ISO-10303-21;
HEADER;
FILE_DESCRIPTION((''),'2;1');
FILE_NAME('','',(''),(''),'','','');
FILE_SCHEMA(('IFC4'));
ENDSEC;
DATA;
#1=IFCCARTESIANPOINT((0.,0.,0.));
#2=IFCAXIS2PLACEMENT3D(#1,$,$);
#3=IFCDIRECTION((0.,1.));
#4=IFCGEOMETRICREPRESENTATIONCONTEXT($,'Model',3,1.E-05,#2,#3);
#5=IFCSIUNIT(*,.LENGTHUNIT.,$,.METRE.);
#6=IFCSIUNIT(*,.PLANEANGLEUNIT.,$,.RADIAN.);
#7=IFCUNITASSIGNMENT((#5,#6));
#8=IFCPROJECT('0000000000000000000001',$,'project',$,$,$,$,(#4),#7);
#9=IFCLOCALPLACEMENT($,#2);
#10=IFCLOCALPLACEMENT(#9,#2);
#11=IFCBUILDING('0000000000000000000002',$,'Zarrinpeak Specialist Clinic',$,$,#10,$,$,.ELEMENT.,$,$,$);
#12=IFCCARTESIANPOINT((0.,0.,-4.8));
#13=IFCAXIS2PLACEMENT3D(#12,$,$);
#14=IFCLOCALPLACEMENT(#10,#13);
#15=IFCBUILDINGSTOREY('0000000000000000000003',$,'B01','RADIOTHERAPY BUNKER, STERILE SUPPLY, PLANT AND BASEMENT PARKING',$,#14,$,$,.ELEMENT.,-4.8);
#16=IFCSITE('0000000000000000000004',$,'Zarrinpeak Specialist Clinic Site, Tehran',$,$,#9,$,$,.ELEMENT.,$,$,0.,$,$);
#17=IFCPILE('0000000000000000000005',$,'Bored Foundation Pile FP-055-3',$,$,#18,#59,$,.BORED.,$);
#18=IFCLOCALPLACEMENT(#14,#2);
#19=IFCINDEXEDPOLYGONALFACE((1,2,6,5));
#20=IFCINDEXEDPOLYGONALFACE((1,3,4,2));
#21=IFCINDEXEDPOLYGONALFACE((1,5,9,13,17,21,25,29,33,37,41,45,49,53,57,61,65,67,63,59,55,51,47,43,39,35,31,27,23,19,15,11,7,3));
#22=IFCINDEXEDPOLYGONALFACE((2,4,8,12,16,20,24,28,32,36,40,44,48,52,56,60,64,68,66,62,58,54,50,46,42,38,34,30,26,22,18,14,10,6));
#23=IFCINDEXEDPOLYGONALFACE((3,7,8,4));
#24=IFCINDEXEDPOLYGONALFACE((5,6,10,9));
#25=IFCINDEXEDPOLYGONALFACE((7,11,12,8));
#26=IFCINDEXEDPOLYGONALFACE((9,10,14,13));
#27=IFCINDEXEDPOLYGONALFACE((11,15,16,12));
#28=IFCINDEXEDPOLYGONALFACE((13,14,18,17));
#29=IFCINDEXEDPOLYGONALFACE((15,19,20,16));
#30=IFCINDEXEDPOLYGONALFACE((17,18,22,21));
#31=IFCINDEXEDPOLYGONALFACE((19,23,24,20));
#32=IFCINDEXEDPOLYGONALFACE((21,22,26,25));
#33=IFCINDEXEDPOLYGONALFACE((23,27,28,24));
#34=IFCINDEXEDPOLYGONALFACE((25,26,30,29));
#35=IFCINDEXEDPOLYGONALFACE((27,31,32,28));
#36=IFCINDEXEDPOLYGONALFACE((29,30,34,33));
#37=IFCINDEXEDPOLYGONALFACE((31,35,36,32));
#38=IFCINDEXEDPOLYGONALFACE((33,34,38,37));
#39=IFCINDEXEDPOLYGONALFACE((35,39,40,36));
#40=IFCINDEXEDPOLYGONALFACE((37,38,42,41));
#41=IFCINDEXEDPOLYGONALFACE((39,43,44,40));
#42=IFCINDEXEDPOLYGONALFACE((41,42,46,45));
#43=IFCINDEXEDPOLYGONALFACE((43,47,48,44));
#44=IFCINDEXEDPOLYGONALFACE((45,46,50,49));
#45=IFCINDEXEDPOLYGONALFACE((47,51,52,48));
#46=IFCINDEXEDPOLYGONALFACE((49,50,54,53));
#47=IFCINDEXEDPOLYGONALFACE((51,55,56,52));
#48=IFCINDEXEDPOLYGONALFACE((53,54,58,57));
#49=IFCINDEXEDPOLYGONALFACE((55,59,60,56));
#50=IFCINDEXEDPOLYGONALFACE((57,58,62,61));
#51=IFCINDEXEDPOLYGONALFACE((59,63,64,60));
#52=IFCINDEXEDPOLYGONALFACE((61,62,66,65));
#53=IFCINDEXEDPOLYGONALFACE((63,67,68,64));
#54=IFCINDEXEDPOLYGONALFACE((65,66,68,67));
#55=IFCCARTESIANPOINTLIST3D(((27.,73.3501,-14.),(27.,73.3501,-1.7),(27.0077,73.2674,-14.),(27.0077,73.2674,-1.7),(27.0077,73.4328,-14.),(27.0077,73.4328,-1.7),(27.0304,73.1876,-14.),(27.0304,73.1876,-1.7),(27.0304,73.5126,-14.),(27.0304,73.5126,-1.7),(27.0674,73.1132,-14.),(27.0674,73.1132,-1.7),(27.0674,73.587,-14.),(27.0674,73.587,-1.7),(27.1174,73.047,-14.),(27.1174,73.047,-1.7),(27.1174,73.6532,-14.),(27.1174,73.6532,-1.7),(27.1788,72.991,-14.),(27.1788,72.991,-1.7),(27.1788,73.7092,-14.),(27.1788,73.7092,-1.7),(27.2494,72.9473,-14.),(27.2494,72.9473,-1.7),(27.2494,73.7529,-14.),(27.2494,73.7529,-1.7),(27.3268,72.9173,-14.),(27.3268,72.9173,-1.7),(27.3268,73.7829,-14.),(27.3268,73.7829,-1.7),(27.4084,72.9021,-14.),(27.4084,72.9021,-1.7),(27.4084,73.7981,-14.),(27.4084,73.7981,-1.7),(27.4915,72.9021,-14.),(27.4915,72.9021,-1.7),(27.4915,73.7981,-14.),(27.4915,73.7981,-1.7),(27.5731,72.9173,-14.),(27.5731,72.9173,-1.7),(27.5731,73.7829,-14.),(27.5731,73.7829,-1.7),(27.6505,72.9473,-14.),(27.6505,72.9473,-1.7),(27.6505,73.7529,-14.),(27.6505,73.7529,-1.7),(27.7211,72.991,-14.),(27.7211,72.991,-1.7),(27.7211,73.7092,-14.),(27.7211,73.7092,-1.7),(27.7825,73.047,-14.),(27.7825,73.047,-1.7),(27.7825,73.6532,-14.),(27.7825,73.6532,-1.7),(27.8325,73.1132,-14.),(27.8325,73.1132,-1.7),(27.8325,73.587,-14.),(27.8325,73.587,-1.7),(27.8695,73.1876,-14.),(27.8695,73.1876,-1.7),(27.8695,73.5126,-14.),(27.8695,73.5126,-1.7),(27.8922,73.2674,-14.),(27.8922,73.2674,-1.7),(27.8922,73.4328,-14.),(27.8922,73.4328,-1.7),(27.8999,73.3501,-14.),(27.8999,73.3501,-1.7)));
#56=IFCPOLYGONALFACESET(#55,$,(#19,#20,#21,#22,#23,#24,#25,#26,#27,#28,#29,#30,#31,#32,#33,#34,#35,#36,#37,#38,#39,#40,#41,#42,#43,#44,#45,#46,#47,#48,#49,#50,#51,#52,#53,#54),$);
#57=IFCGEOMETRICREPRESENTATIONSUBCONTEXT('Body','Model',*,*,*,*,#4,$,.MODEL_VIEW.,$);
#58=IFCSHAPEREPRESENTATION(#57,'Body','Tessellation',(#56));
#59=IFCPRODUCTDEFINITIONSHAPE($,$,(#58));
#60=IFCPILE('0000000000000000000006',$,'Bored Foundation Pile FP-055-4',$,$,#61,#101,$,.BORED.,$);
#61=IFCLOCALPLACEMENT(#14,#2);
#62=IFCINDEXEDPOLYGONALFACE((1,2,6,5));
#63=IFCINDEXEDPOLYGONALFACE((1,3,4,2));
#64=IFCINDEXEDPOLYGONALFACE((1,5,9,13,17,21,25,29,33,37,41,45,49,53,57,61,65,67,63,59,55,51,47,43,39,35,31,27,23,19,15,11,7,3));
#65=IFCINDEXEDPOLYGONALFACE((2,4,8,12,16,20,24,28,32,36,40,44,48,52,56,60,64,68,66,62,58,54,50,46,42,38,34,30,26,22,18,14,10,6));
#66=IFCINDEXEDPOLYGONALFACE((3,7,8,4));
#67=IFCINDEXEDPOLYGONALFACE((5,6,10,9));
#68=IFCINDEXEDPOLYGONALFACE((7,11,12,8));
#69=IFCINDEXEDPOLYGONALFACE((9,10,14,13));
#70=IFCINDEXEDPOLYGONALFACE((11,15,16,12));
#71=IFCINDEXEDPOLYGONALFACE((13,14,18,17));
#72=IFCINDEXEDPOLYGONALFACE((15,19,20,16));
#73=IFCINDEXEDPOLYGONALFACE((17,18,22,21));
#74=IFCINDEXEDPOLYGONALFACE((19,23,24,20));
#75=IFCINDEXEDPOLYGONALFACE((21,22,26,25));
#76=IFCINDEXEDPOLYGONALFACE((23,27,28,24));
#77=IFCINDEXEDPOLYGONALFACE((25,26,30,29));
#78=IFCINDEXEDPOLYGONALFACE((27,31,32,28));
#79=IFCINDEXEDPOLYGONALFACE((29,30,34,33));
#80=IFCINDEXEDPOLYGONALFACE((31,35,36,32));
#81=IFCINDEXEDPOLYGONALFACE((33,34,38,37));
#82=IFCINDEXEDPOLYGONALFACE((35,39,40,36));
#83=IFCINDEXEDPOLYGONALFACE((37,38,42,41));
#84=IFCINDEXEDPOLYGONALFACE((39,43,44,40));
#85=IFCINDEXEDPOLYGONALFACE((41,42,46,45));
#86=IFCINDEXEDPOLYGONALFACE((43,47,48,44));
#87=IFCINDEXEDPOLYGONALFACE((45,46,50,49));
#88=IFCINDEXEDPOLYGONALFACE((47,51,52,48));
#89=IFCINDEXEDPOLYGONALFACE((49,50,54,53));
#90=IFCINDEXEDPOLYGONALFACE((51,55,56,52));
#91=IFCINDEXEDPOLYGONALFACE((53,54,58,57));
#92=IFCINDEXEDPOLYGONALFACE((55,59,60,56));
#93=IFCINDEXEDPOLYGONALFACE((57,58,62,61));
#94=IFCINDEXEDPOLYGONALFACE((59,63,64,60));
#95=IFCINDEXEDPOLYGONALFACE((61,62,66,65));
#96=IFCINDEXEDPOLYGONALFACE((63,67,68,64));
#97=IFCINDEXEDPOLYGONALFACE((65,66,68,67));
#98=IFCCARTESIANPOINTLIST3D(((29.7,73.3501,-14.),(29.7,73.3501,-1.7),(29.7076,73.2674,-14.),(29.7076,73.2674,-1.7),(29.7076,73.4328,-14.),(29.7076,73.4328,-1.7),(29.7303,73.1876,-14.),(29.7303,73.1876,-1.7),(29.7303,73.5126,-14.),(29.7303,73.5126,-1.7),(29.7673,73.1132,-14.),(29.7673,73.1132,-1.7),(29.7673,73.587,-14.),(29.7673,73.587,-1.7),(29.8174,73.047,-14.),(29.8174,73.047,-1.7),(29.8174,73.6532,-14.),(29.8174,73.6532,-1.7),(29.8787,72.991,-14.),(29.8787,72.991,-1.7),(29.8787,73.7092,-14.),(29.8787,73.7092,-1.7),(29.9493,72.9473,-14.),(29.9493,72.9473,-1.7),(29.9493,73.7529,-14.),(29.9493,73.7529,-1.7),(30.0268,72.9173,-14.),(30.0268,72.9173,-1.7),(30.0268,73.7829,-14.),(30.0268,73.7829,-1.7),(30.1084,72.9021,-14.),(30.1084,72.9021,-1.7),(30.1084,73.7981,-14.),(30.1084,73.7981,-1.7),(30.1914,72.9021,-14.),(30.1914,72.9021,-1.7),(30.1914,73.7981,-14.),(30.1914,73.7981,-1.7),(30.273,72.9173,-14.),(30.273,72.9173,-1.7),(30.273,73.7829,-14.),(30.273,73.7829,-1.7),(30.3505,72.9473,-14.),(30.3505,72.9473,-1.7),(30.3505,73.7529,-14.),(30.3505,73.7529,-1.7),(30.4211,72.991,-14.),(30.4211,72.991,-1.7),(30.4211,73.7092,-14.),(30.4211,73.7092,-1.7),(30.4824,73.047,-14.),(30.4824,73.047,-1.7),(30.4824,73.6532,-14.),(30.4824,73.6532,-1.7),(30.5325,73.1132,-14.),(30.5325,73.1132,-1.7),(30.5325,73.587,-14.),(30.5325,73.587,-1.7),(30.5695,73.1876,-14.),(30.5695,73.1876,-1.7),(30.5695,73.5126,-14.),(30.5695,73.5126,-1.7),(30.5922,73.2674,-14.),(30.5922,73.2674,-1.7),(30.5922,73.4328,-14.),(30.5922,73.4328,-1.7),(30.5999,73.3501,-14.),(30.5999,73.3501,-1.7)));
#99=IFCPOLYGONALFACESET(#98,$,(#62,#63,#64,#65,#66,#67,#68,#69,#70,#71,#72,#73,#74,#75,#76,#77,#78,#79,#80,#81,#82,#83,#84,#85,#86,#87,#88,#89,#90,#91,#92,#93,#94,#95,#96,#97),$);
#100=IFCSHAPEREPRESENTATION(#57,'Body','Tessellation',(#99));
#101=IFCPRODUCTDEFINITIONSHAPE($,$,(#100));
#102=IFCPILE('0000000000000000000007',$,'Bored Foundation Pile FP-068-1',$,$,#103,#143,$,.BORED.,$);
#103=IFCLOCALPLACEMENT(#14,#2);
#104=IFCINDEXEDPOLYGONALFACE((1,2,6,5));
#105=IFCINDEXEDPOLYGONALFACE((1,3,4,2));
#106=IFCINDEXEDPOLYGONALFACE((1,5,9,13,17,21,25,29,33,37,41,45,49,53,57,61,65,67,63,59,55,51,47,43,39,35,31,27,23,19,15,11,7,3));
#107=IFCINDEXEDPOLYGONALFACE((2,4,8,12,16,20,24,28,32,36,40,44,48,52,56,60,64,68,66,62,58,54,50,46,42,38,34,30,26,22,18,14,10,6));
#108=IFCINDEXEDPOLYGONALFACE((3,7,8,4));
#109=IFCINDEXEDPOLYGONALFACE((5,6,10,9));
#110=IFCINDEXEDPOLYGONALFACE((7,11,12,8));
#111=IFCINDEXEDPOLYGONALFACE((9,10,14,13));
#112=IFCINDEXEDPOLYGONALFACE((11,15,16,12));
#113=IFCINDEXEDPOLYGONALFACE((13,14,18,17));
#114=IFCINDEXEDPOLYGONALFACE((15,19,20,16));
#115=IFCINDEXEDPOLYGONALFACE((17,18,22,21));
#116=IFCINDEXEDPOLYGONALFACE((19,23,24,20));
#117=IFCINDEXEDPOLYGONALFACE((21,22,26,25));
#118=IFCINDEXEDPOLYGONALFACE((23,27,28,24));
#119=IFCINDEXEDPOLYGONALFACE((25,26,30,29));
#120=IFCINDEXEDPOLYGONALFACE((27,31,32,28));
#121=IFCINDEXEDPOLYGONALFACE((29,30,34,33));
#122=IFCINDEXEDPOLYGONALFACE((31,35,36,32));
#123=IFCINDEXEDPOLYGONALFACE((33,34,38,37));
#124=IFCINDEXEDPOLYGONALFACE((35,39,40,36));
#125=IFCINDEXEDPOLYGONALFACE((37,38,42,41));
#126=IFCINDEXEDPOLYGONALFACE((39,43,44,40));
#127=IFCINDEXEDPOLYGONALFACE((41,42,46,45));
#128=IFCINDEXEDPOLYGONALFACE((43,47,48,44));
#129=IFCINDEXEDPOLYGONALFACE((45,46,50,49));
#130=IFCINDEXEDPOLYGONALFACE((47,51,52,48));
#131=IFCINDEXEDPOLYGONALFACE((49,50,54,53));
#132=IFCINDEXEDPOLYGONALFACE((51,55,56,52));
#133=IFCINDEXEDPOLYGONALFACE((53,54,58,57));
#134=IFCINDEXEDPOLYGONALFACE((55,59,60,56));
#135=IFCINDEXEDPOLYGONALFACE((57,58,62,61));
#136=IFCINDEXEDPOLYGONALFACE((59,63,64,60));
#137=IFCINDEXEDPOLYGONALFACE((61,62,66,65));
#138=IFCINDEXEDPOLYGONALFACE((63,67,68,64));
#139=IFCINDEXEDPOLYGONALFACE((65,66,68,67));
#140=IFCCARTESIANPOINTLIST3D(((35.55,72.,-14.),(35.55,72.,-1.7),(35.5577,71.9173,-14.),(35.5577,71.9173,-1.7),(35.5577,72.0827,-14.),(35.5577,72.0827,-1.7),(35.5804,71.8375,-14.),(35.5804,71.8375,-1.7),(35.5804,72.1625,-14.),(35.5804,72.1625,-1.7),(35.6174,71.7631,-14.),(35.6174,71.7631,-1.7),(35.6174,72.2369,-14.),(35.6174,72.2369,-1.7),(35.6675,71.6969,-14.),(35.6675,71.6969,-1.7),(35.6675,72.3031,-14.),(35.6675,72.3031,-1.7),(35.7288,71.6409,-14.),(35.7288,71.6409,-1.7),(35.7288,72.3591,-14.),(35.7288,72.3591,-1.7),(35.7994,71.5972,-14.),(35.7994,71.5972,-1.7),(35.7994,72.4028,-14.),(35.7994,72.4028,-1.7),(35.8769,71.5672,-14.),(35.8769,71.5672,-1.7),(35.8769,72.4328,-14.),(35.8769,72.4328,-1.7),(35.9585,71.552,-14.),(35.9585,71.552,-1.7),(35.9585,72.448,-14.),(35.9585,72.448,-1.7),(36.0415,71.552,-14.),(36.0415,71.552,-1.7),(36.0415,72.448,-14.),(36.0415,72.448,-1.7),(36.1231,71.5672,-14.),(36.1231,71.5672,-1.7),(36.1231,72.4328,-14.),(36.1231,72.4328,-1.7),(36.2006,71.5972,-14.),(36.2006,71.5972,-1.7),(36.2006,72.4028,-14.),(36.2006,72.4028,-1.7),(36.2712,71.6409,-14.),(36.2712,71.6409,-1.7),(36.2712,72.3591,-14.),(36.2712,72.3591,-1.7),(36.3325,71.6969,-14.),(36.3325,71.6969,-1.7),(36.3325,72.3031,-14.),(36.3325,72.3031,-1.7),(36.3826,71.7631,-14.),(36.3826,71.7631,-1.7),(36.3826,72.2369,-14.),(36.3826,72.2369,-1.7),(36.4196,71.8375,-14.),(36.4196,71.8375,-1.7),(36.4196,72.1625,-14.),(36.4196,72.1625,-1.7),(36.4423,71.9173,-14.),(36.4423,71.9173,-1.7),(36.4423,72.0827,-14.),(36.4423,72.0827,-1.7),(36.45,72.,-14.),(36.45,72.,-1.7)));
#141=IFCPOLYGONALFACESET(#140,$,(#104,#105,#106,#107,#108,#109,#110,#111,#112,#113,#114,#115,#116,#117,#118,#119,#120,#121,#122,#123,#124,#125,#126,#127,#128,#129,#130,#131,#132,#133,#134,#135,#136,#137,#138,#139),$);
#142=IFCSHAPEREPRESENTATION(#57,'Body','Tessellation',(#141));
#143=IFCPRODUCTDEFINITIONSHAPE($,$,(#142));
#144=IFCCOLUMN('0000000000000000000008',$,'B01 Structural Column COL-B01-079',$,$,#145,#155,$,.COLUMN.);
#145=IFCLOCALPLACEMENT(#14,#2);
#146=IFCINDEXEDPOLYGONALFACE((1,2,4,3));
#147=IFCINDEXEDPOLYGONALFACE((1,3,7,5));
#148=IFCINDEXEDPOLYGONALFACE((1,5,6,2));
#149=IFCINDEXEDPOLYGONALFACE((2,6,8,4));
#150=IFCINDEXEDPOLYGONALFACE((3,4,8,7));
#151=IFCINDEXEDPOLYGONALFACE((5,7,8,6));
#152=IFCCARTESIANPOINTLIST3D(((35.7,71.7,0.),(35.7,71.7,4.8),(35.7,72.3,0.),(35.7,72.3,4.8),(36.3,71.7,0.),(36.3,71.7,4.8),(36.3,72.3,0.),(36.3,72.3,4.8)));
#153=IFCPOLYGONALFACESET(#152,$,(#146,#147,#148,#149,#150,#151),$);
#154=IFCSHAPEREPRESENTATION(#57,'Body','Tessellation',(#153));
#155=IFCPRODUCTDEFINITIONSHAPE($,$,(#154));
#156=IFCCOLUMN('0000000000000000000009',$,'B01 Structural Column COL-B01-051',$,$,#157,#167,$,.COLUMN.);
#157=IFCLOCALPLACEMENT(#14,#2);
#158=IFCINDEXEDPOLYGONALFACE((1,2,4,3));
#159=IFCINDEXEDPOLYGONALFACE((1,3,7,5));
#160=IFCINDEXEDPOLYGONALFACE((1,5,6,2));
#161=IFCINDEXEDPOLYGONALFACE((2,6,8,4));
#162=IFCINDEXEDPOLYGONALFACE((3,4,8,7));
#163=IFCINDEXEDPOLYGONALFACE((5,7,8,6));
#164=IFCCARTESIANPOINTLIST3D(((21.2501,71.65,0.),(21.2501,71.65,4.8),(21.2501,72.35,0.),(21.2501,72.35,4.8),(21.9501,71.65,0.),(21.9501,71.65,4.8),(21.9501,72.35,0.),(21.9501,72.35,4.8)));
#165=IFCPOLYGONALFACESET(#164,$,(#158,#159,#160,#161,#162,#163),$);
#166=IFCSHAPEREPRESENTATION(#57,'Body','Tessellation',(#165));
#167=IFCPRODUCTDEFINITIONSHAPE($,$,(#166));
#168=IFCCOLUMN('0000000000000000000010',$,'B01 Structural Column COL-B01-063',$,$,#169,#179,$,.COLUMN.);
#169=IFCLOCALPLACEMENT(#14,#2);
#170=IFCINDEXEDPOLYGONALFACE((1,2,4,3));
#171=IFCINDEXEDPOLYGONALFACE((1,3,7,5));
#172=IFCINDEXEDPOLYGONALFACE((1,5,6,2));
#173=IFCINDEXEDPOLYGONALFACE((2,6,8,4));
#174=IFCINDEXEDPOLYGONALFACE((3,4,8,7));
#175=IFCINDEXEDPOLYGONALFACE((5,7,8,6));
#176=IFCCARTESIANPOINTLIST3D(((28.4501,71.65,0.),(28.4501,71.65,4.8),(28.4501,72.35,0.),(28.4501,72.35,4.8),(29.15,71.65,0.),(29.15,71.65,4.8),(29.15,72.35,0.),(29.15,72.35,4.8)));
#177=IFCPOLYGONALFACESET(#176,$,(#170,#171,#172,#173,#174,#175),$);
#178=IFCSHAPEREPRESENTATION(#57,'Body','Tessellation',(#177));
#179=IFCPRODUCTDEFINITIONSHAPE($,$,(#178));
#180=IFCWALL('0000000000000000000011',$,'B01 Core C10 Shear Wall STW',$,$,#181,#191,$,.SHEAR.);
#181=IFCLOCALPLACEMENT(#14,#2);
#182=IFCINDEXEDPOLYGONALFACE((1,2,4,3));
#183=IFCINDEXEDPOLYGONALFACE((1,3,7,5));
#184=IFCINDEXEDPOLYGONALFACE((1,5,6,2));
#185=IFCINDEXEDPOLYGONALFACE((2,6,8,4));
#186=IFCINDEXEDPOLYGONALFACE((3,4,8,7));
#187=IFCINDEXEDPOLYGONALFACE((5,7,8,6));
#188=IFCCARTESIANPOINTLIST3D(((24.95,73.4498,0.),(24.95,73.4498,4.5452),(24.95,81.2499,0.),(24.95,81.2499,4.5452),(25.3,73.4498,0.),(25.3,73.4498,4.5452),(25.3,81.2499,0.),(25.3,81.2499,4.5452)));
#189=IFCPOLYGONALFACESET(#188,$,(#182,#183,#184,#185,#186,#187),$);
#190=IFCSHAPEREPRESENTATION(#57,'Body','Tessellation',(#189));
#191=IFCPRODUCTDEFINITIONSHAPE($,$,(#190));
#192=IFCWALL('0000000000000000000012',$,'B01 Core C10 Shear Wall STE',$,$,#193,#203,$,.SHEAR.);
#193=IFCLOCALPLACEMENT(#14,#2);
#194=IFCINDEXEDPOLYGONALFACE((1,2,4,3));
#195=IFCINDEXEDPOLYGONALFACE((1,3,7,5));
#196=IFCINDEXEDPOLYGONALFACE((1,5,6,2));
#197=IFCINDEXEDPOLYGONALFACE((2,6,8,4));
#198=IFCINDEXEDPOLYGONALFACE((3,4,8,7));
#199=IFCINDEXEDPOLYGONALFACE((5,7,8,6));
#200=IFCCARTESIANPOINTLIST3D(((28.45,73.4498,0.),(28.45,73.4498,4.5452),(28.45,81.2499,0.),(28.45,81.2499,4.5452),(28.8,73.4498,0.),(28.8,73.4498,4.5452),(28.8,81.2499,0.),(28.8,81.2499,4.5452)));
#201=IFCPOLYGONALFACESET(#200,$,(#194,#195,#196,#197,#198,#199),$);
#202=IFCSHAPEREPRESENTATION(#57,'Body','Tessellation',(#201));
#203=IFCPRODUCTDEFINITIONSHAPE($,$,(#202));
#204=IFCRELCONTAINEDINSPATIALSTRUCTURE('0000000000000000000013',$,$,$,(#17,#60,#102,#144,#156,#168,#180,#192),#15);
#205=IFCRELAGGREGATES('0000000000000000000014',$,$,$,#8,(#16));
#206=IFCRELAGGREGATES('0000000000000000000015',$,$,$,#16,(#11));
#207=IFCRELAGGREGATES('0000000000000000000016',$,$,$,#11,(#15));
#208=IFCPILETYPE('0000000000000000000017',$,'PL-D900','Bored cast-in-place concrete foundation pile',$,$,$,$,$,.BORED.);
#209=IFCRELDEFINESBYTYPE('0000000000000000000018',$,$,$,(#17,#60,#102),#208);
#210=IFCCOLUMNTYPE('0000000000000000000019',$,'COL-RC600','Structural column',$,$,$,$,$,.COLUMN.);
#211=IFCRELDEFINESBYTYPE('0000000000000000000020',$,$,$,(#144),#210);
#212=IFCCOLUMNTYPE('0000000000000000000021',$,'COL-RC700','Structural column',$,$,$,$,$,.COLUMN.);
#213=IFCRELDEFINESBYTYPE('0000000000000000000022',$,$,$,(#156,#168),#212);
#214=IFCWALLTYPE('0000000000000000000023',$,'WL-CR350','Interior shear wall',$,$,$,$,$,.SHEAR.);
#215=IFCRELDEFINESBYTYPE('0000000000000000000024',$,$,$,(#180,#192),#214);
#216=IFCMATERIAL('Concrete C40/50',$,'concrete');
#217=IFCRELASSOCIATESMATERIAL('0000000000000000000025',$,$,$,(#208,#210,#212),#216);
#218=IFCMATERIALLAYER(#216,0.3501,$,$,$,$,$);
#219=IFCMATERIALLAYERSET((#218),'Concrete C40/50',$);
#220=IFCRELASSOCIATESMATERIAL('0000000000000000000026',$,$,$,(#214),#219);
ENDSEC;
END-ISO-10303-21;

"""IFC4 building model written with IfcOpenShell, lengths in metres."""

from ifc_helpers import new_model, si_unit, direction, frame, frame_2d, origin, origin_2d, place, context, subcontext, project, spatial, rectangle, circle, extrude, material, layer, layer_set, material_profile, profile_set, type_object, element, save


model = new_model("IFC4")

# Units and contexts
model_context = context("Model", 3, precision=1e-05, world=origin(), true_north=direction((0.0, 1.0)))
body_context = subcontext(model_context, "Body", "Model", "MODEL_VIEW")
ifc_project = project(units=[si_unit("LENGTHUNIT", "METRE"), si_unit("PLANEANGLEUNIT", "RADIAN")], contexts=[model_context])

# Site, building, storey
site_placement = place(None, origin())
site = spatial("IfcSite", under=ifc_project, at=site_placement, Name="Zarrinpeak Specialist Clinic Site, Tehran", CompositionType="ELEMENT", RefElevation=0.0)
building_placement = place(site_placement, origin())
building = spatial("IfcBuilding", under=site, at=building_placement, Name="Zarrinpeak Specialist Clinic", CompositionType="ELEMENT")
storey_placement = place(building_placement, frame((0.0, 0.0, -4.8)))
storey = spatial("IfcBuildingStorey", under=building, at=storey_placement, Name="B01", Description="RADIOTHERAPY BUNKER, STERILE SUPPLY, PLANT AND BASEMENT PARKING", CompositionType="ELEMENT", Elevation=-4.8)

# Shared definitions
ifc_material_1 = material(Name="Concrete C40/50", Category="concrete")

# Piles
ifc_material_profile_1 = material_profile(ifc_material_1, circle(Radius=0.45, at=origin_2d()), Name="BORED PILE D900")
ifc_profile_set_1 = profile_set([ifc_material_profile_1], Name="Concrete C40/50")
pile_type = type_object("IfcPileType", Name="PL-D900", Description="Bored cast-in-place concrete foundation pile", PredefinedType="BORED", material=ifc_profile_set_1)
for number, where, z_axis, x_axis, name in (
    (1, (27.45, 73.3501, -1.7), (0.0, 0.0, -1.0), (1.0, 0.0, 0.0), "Bored Foundation Pile FP-055-3"),
    (2, (30.1499, 73.3501, -1.7), (0.0, 0.0, -1.0), (1.0, 0.0, 0.0), "Bored Foundation Pile FP-055-4"),
    (3, (36.0, 72.0, -1.7), (0.0, 0.0, -1.0), (1.0, 0.0, 0.0), "Bored Foundation Pile FP-068-1"),
):
    element("IfcPile", number, at=place(storey_placement, frame(where, z_axis=z_axis, x_axis=x_axis)), inside=storey, type_object=pile_type, Name=name, PredefinedType="BORED", context=body_context, shape_type="SweptSolid", body=[
        extrude(circle(Radius=0.45, at=origin_2d()), origin(), (0.0, 0.0, 1.0), 12.3),
    ])

# Columns
ifc_material_profile_2 = material_profile(ifc_material_1, rectangle(XDim=0.6001, YDim=0.6001, at=origin_2d()), Name="RC 600x600")
ifc_profile_set_2 = profile_set([ifc_material_profile_2], Name="Concrete C40/50")
column_type_1 = type_object("IfcColumnType", Name="COL-RC600", Description="Structural column", PredefinedType="COLUMN", material=ifc_profile_set_2)
column_placement = place(storey_placement, frame((36.0, 72.0, 0.0), z_axis=(0.0, 0.0, 1.0), x_axis=(1.0, 0.0, 0.0)))
element("IfcColumn", 4, at=column_placement, inside=storey, type_object=column_type_1, Name="B01 Structural Column COL-B01-079", PredefinedType="COLUMN", context=body_context, shape_type="SweptSolid", body=[
    extrude(rectangle(XDim=0.6001, YDim=0.6001, at=origin_2d()), origin(), (0.0, 0.0, 1.0), 4.8),
])
ifc_material_profile_3 = material_profile(ifc_material_1, rectangle(XDim=0.7, YDim=0.7, at=origin_2d()), Name="RC 700x700")
ifc_profile_set_3 = profile_set([ifc_material_profile_3], Name="Concrete C40/50")
column_type_2 = type_object("IfcColumnType", Name="COL-RC700", Description="Structural column", PredefinedType="COLUMN", material=ifc_profile_set_3)
for number, where, z_axis, x_axis, name in (
    (5, (21.6001, 72.0, 0.0), (0.0, 0.0, 1.0), (1.0, 0.0, 0.0), "B01 Structural Column COL-B01-051"),
    (6, (28.8, 72.0, 0.0), (0.0, 0.0, 1.0), (1.0, 0.0, 0.0), "B01 Structural Column COL-B01-063"),
):
    element("IfcColumn", number, at=place(storey_placement, frame(where, z_axis=z_axis, x_axis=x_axis)), inside=storey, type_object=column_type_2, Name=name, PredefinedType="COLUMN", context=body_context, shape_type="SweptSolid", body=[
        extrude(rectangle(XDim=0.7, YDim=0.7, at=origin_2d()), origin(), (0.0, 0.0, 1.0), 4.8),
    ])

# Shared definitions
ifc_layer_1 = layer(ifc_material_1, 0.3501)
ifc_layer_set_1 = layer_set([ifc_layer_1], Name="Concrete C40/50")
wall_type_1 = type_object("IfcWallType", Name="WL-CR350", Description="Interior shear wall", PredefinedType="SHEAR", material=ifc_layer_set_1)

# Walls
for number, where, z_axis, x_axis, name in (
    (7, (25.125, 73.45, 0.0), (0.0, 0.0, 1.0), (0.0, 1.0, 0.0), "B01 Core C10 Shear Wall STW"),
    (8, (28.625, 73.45, 0.0), (0.0, 0.0, 1.0), (0.0, 1.0, 0.0), "B01 Core C10 Shear Wall STE"),
):
    element("IfcWall", number, at=place(storey_placement, frame(where, z_axis=z_axis, x_axis=x_axis)), inside=storey, type_object=wall_type_1, Name=name, PredefinedType="SHEAR", context=body_context, shape_type="SweptSolid", body=[
        extrude(rectangle(XDim=7.8, YDim=0.3501, at=frame_2d((3.8999, 0.0))), origin(), (0.0, 0.0, 1.0), 4.5452),
    ])

save(model, "model.ifc")
